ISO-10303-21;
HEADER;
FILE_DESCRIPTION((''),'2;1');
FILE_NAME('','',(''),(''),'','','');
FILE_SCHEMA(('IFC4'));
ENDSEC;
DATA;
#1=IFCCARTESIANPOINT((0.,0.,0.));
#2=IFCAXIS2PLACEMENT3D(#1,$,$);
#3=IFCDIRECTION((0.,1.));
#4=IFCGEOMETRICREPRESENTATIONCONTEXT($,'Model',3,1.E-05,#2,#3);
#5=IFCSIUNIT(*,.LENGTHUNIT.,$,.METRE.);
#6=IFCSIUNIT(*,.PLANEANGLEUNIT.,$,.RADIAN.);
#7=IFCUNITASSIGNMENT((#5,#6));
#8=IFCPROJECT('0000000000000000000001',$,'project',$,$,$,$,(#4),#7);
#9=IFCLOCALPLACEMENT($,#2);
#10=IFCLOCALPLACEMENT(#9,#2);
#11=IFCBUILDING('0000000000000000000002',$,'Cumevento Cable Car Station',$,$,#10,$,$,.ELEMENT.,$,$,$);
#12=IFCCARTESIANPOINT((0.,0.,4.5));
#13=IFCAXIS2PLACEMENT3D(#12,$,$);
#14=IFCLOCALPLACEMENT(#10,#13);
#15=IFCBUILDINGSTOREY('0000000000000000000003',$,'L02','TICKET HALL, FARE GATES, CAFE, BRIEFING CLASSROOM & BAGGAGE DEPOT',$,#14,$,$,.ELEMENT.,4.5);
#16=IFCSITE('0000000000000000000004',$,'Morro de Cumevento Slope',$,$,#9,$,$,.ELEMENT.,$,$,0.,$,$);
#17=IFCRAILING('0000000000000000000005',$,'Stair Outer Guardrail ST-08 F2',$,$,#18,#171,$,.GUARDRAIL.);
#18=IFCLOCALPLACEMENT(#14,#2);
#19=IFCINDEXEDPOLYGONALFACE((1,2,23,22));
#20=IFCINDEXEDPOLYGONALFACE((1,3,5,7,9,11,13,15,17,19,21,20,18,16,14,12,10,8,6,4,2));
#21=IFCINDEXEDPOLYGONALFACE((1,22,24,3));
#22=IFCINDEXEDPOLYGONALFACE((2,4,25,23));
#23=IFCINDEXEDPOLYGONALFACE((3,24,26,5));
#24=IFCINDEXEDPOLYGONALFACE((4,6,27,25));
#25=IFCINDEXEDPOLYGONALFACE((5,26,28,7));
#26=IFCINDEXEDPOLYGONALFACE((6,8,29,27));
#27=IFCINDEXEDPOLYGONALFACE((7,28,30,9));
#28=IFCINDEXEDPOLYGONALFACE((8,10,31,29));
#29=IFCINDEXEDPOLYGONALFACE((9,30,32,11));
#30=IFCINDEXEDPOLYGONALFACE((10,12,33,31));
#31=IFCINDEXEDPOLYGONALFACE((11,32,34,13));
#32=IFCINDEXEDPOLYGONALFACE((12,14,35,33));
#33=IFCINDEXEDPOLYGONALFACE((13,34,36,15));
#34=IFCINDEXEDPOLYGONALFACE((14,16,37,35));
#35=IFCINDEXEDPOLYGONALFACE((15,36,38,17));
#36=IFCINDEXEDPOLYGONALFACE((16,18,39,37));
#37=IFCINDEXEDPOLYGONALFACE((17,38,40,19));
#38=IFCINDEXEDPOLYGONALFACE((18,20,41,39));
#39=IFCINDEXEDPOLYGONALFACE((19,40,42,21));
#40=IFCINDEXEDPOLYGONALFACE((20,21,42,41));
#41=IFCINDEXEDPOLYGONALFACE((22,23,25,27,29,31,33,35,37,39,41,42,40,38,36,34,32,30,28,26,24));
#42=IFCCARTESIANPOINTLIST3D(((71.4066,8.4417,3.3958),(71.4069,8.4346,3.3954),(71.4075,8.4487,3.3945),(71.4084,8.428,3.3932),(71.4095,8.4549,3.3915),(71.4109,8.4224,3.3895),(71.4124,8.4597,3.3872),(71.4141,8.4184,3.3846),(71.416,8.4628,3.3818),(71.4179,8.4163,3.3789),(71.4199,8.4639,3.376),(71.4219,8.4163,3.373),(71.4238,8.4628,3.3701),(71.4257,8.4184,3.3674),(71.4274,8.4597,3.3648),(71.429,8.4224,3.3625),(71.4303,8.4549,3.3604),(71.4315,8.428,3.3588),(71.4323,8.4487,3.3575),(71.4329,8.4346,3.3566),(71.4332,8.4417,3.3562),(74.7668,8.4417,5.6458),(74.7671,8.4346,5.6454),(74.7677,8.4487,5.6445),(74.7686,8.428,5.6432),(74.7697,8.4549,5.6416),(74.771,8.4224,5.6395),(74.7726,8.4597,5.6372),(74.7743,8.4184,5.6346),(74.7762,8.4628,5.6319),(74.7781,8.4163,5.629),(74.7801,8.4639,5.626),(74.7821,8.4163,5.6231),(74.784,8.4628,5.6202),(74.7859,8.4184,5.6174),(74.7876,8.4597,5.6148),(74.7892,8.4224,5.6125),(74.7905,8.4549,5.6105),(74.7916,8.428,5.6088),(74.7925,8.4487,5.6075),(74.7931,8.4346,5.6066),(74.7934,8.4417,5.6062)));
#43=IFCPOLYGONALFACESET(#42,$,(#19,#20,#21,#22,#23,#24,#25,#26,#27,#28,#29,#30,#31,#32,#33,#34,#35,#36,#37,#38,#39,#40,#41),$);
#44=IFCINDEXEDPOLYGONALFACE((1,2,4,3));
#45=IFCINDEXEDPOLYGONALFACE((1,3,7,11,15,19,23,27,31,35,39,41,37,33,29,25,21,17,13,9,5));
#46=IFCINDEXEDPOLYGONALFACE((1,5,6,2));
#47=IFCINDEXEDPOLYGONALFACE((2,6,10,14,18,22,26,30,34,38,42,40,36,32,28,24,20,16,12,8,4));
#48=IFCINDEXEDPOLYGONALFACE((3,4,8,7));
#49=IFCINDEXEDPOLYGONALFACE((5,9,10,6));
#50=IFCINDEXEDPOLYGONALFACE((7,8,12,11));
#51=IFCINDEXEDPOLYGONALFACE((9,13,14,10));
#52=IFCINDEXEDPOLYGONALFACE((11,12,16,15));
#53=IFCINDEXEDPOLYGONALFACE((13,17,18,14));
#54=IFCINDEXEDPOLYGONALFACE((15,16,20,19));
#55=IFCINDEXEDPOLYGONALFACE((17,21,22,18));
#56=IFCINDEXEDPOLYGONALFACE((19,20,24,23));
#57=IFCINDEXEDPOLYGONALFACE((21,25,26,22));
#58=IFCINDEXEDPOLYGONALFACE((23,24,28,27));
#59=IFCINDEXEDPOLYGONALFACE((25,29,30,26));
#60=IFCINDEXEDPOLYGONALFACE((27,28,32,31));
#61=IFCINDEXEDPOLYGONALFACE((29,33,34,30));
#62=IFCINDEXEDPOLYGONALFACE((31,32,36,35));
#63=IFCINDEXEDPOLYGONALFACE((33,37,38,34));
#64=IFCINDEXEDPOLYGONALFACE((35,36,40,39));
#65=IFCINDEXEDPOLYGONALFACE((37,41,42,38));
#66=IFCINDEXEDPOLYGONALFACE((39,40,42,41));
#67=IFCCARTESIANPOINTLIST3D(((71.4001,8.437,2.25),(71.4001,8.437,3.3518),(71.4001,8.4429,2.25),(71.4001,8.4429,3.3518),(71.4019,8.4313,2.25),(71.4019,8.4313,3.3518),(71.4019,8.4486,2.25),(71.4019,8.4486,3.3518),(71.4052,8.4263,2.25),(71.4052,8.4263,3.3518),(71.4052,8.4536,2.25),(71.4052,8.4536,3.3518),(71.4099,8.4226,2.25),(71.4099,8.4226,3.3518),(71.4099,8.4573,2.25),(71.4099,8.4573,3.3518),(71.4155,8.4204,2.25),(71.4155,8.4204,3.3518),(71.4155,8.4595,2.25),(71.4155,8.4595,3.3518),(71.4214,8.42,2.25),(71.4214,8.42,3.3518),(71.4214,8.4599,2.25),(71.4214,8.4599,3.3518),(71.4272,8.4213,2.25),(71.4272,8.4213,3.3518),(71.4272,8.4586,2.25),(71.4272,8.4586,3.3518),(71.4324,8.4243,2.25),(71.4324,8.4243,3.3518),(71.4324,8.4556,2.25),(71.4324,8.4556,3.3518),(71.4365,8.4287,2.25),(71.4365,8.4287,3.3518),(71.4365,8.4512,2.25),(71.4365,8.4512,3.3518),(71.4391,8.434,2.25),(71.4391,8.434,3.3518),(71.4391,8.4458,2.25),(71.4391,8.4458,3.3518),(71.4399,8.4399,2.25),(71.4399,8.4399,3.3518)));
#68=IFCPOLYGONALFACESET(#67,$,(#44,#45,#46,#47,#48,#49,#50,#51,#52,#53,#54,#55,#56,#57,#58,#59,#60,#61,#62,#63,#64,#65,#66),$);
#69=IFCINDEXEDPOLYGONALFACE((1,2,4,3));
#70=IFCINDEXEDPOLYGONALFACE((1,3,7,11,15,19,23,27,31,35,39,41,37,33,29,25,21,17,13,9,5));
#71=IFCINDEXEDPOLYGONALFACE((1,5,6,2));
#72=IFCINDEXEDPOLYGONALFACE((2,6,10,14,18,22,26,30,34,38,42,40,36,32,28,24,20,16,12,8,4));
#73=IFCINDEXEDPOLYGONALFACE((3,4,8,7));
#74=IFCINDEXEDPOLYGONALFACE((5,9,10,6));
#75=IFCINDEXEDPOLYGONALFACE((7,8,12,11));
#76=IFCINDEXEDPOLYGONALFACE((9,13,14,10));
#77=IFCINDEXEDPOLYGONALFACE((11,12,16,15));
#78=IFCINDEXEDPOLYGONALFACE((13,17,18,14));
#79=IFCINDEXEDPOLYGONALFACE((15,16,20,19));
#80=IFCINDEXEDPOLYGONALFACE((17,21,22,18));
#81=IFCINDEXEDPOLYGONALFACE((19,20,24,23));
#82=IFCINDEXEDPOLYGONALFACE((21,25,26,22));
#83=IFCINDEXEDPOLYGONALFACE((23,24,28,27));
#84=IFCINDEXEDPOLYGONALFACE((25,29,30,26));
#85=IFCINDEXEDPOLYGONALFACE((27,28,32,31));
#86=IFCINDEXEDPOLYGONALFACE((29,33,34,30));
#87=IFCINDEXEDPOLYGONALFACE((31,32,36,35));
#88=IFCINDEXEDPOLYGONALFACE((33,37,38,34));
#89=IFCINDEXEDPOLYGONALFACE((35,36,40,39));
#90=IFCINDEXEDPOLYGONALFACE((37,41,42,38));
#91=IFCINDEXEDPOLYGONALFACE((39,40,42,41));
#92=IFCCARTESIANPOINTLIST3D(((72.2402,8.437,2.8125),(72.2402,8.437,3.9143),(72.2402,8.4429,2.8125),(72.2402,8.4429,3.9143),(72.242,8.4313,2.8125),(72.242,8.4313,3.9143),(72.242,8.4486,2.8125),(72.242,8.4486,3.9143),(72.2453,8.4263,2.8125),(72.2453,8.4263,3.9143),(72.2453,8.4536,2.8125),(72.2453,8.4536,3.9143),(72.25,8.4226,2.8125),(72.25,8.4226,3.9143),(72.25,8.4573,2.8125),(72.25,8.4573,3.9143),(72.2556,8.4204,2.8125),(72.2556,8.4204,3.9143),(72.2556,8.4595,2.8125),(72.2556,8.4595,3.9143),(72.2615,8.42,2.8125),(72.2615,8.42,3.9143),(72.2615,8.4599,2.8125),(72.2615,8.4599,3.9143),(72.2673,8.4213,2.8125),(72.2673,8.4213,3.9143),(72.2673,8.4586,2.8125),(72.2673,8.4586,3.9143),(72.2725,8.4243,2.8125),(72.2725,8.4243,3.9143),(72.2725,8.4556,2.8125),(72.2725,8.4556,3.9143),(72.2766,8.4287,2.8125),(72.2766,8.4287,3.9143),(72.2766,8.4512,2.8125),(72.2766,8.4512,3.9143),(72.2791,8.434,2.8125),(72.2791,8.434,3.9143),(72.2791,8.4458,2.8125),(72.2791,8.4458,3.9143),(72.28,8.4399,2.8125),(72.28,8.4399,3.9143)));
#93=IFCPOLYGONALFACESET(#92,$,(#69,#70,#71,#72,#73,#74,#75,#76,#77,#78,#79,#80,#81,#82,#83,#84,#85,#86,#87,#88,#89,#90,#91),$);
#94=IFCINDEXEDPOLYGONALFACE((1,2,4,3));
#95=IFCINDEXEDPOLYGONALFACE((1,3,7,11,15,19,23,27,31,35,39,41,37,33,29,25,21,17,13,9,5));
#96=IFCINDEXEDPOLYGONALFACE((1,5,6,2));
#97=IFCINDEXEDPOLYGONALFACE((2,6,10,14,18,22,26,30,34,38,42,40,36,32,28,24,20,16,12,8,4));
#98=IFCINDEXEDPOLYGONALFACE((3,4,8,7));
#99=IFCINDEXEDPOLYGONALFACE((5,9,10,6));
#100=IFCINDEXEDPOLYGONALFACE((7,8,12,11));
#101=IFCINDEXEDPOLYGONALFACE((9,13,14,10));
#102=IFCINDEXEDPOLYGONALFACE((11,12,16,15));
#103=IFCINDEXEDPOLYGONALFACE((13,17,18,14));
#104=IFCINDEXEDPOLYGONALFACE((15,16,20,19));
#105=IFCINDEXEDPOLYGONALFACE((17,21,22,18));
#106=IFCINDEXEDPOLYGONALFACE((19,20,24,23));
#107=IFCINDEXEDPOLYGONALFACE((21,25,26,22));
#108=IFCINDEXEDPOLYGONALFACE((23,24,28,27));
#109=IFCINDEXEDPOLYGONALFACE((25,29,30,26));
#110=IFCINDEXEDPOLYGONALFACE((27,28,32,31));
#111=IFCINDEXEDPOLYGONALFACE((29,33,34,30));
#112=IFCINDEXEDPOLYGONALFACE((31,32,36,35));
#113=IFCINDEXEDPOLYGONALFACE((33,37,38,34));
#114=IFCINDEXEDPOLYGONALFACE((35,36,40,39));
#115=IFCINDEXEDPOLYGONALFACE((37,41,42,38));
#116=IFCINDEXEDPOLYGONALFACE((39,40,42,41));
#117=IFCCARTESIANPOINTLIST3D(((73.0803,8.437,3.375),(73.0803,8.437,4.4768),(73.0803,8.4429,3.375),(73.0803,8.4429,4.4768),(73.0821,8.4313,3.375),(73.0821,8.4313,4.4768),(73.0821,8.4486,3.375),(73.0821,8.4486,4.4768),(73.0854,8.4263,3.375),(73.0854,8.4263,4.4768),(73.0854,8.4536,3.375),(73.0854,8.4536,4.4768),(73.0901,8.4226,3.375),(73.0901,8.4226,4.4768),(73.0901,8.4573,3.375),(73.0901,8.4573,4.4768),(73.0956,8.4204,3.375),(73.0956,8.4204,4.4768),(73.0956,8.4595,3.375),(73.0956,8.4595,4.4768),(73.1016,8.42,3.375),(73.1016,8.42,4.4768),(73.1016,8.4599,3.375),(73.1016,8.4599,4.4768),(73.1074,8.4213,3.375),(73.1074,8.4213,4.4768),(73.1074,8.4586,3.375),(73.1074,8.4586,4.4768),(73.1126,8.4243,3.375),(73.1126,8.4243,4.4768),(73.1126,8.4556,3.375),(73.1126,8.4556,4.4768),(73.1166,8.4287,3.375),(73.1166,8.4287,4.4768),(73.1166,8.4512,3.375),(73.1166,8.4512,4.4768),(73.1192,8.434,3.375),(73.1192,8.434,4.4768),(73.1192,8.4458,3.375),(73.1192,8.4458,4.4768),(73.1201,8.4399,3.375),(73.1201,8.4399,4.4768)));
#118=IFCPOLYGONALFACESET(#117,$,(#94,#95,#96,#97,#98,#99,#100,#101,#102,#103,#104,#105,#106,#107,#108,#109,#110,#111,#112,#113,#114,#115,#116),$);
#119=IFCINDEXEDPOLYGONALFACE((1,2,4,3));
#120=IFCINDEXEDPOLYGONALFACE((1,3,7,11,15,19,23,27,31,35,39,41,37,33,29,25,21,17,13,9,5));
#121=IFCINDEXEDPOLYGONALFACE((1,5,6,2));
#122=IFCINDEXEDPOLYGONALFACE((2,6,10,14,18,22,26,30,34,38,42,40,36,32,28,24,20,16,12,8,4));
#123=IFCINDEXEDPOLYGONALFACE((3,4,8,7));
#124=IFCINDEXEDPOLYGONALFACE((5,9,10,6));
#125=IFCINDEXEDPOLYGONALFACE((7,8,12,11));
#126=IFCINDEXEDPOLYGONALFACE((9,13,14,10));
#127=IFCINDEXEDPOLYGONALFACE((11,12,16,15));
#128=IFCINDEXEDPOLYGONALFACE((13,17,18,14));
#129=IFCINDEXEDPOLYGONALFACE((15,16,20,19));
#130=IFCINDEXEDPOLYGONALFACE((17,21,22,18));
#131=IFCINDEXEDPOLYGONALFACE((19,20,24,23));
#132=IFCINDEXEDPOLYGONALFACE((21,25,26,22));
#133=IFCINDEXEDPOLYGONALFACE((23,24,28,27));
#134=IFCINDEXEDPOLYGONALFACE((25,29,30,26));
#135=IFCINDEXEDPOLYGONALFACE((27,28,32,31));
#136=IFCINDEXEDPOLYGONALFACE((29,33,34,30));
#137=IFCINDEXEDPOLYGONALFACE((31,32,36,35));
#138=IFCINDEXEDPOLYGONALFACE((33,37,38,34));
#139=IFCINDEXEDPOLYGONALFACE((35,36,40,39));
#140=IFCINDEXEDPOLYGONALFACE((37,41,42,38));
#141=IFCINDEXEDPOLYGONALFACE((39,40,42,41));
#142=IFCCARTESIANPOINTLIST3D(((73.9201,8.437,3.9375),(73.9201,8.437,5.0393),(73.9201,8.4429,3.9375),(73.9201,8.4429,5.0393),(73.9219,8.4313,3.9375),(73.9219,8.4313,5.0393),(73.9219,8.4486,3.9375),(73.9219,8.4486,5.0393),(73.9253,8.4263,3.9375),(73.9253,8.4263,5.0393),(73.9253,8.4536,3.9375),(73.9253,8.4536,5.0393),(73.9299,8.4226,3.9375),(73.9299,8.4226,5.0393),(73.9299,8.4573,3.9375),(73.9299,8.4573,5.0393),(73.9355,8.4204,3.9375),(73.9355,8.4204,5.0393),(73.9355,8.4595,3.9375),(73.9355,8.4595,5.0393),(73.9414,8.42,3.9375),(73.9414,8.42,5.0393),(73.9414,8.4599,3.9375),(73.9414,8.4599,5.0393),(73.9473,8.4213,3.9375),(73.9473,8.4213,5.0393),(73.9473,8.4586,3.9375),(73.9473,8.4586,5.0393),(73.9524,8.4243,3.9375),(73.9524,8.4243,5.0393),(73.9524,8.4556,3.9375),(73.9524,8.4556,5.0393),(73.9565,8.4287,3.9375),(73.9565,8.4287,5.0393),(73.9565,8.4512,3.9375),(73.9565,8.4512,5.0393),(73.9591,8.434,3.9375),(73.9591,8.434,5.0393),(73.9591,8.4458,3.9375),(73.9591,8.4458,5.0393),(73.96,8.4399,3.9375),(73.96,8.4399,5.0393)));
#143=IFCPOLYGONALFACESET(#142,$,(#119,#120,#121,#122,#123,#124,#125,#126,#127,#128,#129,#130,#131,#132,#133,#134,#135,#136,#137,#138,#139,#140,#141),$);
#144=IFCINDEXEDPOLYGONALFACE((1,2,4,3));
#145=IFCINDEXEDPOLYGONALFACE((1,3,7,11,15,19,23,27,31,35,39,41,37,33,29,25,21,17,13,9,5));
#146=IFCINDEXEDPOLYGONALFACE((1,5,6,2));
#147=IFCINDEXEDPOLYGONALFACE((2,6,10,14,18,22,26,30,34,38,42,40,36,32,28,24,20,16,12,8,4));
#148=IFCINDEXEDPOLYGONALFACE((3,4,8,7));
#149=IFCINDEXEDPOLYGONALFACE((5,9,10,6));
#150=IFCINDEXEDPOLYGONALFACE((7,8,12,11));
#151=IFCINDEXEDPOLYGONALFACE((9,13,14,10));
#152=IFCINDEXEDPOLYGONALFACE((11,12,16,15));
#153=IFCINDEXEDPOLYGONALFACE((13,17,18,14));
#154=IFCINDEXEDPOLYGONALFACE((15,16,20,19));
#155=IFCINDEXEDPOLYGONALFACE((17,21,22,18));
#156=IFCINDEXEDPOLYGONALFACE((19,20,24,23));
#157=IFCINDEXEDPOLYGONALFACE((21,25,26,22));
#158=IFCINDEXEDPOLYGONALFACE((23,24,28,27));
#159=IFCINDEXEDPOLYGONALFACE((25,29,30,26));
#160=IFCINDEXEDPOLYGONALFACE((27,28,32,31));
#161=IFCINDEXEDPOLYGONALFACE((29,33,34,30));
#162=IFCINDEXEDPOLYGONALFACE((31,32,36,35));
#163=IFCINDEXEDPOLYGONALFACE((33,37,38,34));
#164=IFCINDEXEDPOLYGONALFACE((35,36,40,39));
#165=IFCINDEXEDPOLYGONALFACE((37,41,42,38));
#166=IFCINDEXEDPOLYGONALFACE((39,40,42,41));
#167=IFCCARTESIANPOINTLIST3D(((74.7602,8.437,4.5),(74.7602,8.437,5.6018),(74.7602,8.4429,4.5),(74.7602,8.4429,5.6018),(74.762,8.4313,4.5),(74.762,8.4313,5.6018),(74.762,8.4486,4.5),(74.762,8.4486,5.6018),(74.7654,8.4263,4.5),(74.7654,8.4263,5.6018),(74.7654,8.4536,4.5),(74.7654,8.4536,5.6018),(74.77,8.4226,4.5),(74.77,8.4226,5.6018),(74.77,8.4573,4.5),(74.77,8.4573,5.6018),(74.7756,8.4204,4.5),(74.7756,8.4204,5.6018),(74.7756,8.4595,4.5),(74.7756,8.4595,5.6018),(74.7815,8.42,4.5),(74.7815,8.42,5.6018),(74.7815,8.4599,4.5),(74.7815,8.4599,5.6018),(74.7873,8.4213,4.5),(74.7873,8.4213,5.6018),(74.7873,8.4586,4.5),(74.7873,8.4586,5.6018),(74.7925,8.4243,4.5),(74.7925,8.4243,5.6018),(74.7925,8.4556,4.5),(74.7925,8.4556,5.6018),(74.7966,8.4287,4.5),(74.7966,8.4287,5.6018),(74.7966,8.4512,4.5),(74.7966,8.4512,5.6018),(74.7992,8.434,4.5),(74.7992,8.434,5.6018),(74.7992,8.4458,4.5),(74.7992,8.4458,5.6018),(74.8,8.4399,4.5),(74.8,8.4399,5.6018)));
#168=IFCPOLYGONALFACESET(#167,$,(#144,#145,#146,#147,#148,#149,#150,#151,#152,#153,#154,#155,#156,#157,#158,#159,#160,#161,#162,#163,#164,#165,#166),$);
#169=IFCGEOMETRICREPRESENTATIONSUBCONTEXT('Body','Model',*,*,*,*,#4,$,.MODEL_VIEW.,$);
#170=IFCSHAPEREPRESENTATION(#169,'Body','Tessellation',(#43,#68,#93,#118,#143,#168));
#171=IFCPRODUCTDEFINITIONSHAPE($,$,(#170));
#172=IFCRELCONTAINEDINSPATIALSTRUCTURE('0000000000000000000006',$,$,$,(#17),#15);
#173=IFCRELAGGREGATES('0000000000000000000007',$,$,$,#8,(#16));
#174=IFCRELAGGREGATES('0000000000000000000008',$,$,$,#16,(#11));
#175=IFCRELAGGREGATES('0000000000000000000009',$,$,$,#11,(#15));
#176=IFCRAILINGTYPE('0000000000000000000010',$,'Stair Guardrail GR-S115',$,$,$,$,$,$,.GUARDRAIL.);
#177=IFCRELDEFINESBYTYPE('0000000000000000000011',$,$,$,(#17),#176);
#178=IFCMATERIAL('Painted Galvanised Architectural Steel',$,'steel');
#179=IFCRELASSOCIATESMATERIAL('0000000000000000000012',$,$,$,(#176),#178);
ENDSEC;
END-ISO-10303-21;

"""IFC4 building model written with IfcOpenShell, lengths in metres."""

from ifc_helpers import new_model, si_unit, direction, frame, origin, origin_2d, place, context, subcontext, project, spatial, circle, extrude, material, type_object, element, save


model = new_model("IFC4")

# Units and contexts
model_context = context("Model", 3, precision=1e-05, world=origin(), true_north=direction((0.0, 1.0)))
body_context = subcontext(model_context, "Body", "Model", "MODEL_VIEW")
ifc_project = project(units=[si_unit("LENGTHUNIT", "METRE"), si_unit("PLANEANGLEUNIT", "RADIAN")], contexts=[model_context])

# Site, building, storey
site_placement = place(None, origin())
site = spatial("IfcSite", under=ifc_project, at=site_placement, Name="Morro de Cumevento Slope", CompositionType="ELEMENT", RefElevation=0.0)
building_placement = place(site_placement, origin())
building = spatial("IfcBuilding", under=site, at=building_placement, Name="Cumevento Cable Car Station", CompositionType="ELEMENT")
storey_placement = place(building_placement, frame((0.0, 0.0, 4.5)))
storey = spatial("IfcBuildingStorey", under=building, at=storey_placement, Name="L02", Description="TICKET HALL, FARE GATES, CAFE, BRIEFING CLASSROOM & BAGGAGE DEPOT", CompositionType="ELEMENT", Elevation=4.5)

# Railing
ifc_material_1 = material(Name="Painted Galvanised Architectural Steel", Category="steel")
railing_type_1 = type_object("IfcRailingType", Name="Stair Guardrail GR-S115", PredefinedType="GUARDRAIL", material=ifc_material_1)
railing_1_placement = place(storey_placement, frame((71.4199, 8.4399, 2.25)))
element("IfcRailing", 1, at=railing_1_placement, inside=storey, type_object=railing_type_1, Name="Stair Outer Guardrail ST-08 F2", PredefinedType="GUARDRAIL", context=body_context, shape_type="SweptSolid", body=[
    extrude(circle(Radius=0.0239, at=origin_2d()), frame((0.0, 0.0, 1.126), z_axis=(0.830915, 0.0, 0.556399), x_axis=(0.0, 1.0, 0.0)), (0.0, 0.0, 1.0), 4.0439),
    extrude(circle(Radius=0.02, at=origin_2d()), origin(), (0.0, 0.0, 1.0), 1.1018),
    extrude(circle(Radius=0.02, at=origin_2d()), frame((0.8401, 0.0, 0.5625)), (0.0, 0.0, 1.0), 1.1018),
    extrude(circle(Radius=0.02, at=origin_2d()), frame((1.6802, 0.0, 1.125)), (0.0, 0.0, 1.0), 1.1018),
    extrude(circle(Radius=0.02, at=origin_2d()), frame((2.52, 0.0, 1.6875)), (0.0, 0.0, 1.0), 1.1018),
    extrude(circle(Radius=0.02, at=origin_2d()), frame((3.3601, 0.0, 2.25)), (0.0, 0.0, 1.0), 1.1018),
])

save(model, "model.ifc")
